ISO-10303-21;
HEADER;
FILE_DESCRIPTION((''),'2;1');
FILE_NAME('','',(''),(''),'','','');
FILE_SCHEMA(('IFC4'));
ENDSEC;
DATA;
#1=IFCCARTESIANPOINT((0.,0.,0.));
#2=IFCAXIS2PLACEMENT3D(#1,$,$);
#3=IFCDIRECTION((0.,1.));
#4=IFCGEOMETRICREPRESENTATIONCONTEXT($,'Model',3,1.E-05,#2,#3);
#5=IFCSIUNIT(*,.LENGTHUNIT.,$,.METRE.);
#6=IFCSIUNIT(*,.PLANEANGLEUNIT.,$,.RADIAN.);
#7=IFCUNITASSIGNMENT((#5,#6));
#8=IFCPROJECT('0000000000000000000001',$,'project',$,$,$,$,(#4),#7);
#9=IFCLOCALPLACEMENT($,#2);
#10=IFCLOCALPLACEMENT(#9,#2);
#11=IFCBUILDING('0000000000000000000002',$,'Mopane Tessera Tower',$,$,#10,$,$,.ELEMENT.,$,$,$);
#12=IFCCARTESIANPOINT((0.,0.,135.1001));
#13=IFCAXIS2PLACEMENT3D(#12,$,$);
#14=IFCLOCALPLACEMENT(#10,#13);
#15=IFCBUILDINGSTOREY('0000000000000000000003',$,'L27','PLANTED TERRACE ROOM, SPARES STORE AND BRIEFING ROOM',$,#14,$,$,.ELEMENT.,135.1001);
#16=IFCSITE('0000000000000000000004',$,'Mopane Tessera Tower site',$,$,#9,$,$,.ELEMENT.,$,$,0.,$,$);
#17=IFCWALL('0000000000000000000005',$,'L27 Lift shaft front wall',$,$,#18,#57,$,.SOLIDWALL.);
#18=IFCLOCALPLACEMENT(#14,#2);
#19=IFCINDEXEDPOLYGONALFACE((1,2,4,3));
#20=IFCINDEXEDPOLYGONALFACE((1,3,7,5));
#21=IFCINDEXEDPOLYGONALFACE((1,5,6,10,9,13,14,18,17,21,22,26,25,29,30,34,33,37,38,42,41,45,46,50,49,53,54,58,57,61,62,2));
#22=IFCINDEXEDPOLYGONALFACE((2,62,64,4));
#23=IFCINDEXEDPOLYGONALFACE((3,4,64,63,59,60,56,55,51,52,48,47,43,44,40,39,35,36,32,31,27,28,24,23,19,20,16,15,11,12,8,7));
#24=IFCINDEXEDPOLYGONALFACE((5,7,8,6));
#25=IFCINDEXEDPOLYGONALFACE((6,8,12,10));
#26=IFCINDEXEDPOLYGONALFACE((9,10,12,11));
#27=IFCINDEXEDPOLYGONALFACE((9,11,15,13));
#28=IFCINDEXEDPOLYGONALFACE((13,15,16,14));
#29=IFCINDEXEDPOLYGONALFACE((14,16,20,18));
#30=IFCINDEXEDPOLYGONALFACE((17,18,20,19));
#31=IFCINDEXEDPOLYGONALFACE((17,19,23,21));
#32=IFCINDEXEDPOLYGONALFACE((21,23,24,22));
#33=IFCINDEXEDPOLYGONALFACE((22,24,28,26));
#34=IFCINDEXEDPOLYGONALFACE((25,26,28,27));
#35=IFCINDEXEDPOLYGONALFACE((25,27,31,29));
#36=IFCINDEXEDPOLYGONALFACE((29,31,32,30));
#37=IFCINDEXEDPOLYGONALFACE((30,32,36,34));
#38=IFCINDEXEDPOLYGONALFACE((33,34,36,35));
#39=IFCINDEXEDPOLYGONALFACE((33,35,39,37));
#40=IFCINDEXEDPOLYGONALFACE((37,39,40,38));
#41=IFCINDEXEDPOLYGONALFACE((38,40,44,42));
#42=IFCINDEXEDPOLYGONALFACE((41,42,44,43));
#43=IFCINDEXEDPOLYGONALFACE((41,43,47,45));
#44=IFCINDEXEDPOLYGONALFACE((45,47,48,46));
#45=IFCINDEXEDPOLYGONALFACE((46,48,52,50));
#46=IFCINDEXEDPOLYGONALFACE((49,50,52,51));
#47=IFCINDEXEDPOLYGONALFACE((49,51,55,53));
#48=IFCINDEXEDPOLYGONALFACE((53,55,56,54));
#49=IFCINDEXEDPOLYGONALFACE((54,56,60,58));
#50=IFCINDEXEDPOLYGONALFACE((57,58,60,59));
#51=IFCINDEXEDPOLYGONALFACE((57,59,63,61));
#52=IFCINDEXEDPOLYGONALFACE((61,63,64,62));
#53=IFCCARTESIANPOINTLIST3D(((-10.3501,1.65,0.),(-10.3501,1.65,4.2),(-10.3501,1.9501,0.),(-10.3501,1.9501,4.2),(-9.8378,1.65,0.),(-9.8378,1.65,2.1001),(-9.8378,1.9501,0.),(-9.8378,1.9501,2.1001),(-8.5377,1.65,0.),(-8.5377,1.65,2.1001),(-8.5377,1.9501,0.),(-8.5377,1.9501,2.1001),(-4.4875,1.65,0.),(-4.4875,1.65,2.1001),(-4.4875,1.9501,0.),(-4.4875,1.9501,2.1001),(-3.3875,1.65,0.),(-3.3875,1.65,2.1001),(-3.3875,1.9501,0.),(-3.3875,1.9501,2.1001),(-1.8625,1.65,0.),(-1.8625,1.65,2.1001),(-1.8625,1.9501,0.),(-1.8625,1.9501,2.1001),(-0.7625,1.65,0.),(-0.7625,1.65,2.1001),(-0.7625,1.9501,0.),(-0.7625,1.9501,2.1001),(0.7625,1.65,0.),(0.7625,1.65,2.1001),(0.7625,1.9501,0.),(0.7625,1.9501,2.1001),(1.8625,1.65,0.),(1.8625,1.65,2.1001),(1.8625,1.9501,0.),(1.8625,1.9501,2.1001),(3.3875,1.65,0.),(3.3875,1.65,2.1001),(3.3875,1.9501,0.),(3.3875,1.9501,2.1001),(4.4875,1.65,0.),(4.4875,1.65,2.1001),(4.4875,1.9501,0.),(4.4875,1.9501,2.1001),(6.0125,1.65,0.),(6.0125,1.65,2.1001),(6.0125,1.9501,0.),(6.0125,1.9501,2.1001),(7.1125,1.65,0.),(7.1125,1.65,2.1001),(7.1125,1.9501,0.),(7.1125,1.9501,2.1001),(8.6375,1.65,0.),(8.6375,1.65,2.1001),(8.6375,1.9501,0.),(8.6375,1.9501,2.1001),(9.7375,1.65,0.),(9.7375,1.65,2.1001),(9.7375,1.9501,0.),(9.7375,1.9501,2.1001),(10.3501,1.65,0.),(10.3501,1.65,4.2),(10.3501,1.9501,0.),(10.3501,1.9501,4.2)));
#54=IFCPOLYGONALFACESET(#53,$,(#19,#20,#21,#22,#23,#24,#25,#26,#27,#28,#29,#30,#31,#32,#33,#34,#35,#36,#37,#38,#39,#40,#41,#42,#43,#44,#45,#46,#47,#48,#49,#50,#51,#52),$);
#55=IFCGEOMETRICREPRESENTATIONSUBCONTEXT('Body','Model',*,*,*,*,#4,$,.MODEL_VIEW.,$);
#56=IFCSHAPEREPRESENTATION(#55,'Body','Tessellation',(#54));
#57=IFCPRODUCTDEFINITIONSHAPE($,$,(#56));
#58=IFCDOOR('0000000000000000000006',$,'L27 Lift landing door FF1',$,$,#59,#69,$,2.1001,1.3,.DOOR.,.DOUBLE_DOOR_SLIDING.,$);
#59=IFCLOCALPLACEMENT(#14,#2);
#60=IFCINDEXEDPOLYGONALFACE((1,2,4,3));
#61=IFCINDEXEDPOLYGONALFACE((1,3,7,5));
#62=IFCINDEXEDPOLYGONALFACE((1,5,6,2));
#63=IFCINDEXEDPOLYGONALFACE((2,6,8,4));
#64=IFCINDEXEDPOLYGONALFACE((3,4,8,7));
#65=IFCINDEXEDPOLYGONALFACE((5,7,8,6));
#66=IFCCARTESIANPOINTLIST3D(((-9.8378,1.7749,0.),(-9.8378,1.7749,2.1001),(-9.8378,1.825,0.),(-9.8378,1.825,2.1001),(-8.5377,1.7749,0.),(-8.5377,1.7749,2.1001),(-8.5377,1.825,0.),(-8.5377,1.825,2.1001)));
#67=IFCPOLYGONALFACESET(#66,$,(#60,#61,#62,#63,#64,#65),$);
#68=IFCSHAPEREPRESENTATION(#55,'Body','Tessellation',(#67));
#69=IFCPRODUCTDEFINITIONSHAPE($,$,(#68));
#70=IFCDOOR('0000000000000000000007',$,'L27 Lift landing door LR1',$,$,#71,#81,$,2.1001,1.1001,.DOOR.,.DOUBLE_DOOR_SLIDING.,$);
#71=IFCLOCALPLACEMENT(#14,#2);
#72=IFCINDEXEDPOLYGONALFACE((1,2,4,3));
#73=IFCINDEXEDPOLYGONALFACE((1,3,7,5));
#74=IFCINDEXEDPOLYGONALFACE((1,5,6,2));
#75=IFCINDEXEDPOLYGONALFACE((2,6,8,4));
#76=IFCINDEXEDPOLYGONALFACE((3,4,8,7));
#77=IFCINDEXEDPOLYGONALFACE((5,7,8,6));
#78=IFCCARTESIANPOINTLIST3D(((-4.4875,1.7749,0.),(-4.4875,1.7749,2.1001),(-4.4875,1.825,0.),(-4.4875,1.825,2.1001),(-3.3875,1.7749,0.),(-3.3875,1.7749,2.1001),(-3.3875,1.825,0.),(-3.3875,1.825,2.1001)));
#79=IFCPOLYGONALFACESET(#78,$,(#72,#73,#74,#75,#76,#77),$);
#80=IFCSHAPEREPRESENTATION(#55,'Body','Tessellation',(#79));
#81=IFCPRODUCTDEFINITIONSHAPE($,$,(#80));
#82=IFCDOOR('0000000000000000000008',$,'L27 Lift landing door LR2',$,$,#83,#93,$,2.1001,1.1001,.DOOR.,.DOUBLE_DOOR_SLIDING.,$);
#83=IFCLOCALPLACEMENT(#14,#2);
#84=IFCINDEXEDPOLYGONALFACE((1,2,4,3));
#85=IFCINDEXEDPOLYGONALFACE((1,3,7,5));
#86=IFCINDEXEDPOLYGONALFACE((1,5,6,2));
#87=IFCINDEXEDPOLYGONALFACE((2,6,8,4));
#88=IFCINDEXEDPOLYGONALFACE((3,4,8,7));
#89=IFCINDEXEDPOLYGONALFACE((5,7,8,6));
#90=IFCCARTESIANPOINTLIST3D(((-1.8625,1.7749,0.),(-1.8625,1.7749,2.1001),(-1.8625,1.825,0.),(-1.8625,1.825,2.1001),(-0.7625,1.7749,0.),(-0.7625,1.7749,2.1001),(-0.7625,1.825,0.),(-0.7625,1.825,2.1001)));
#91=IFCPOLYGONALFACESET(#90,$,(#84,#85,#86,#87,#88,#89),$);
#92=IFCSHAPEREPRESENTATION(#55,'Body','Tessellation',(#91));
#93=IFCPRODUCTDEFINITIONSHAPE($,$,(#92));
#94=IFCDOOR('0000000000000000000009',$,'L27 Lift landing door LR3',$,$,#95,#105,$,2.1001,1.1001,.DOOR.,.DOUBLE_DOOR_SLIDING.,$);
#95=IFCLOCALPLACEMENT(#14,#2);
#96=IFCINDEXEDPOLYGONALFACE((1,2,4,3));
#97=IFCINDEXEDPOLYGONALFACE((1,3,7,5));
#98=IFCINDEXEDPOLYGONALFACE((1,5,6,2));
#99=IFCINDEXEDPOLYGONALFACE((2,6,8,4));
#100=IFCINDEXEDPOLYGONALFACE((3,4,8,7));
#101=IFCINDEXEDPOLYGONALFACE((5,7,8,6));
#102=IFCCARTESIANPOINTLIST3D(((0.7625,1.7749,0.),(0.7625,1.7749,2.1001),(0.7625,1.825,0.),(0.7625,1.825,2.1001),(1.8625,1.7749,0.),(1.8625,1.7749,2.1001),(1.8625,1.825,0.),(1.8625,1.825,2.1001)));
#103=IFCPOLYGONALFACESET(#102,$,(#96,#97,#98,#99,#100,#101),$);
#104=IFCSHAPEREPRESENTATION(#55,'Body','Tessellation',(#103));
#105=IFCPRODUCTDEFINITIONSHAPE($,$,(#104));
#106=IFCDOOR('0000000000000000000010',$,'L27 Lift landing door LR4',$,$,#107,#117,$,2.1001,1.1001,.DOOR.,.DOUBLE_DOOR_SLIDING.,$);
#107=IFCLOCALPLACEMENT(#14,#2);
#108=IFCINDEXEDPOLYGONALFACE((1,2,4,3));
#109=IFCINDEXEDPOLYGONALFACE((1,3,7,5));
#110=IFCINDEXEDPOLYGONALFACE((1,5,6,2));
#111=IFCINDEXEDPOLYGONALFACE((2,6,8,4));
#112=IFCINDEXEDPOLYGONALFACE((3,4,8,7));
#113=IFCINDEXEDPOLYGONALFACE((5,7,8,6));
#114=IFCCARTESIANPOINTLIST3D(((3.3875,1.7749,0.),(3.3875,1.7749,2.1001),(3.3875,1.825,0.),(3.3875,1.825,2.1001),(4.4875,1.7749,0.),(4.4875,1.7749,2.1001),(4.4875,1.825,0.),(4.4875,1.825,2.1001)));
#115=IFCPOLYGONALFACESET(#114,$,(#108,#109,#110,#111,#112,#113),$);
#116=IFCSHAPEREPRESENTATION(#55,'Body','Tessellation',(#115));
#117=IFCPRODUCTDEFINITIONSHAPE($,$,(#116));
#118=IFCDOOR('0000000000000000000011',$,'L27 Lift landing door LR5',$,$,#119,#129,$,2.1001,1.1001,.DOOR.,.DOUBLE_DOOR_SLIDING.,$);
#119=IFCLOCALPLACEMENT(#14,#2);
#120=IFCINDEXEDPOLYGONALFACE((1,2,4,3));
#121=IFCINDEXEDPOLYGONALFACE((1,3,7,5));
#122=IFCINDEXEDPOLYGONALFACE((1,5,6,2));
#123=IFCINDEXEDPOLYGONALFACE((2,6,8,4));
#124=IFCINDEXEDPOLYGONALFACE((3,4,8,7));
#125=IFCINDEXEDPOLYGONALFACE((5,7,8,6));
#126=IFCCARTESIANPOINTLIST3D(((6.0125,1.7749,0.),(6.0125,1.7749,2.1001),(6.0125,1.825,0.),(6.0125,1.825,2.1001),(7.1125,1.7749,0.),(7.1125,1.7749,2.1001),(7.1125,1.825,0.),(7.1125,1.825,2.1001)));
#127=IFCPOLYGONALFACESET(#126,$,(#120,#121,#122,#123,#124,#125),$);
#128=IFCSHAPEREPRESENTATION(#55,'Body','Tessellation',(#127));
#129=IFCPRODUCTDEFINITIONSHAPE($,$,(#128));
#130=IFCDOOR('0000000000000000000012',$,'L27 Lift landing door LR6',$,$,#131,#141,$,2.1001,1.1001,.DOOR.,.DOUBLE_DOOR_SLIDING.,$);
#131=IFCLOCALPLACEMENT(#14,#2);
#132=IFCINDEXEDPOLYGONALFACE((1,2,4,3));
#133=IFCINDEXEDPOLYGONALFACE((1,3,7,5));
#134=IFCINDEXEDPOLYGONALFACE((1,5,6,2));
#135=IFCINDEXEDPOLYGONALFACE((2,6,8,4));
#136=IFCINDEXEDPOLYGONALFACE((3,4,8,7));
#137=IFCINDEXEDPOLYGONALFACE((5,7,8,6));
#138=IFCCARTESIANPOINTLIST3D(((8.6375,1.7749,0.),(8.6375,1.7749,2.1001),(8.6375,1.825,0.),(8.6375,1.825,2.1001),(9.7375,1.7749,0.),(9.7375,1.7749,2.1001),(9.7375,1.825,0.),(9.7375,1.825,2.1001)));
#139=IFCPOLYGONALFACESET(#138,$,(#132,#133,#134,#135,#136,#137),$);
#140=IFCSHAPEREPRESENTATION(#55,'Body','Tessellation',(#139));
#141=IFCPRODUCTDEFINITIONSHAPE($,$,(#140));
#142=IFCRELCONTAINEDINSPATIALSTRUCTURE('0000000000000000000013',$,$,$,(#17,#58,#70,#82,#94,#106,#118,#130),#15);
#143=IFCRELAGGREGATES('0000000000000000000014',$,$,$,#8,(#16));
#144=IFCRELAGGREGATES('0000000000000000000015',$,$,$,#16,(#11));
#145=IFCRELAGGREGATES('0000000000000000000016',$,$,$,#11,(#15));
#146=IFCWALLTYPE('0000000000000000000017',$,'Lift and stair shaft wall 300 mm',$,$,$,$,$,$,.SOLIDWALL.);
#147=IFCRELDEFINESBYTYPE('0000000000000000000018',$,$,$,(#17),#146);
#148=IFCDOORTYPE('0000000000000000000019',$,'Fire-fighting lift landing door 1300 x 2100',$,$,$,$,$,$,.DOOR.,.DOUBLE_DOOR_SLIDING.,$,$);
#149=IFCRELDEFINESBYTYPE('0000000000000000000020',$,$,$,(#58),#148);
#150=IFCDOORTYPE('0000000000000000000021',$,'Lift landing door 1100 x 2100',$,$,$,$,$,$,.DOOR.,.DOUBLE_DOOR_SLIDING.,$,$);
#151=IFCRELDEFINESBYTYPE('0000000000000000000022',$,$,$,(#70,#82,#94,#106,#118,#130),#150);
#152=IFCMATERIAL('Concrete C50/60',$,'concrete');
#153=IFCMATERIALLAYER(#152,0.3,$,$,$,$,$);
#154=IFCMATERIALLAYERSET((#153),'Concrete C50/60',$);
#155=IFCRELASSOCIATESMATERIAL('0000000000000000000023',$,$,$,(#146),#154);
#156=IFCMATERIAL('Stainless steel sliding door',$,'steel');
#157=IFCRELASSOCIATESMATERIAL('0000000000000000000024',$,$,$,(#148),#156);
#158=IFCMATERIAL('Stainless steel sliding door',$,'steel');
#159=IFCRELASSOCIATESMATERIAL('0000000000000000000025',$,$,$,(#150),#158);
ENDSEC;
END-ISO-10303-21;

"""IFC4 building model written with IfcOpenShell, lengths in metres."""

from ifc_helpers import new_model, si_unit, direction, frame, frame_2d, origin, place, context, subcontext, project, spatial, rectangle, extrude, material, layer, layer_set, type_object, element, fill, save


model = new_model("IFC4")

# Units and contexts
model_context = context("Model", 3, precision=1e-05, world=origin(), true_north=direction((0.0, 1.0)))
body_context = subcontext(model_context, "Body", "Model", "MODEL_VIEW")
ifc_project = project(units=[si_unit("LENGTHUNIT", "METRE"), si_unit("PLANEANGLEUNIT", "RADIAN")], contexts=[model_context])

# Site, building, storey
site_placement = place(None, origin())
site = spatial("IfcSite", under=ifc_project, at=site_placement, Name="Mopane Tessera Tower site", CompositionType="ELEMENT", RefElevation=0.0)
building_placement = place(site_placement, origin())
building = spatial("IfcBuilding", under=site, at=building_placement, Name="Mopane Tessera Tower", CompositionType="ELEMENT")
storey_placement = place(building_placement, frame((0.0, 0.0, 135.1001)))
storey = spatial("IfcBuildingStorey", under=building, at=storey_placement, Name="L27", Description="PLANTED TERRACE ROOM, SPARES STORE AND BRIEFING ROOM", CompositionType="ELEMENT", Elevation=135.1001)

# Shared definitions
ifc_material_1 = material(Name="Concrete C50/60", Category="concrete")
ifc_layer_1 = layer(ifc_material_1, 0.3)
ifc_layer_set_1 = layer_set([ifc_layer_1], Name="Concrete C50/60")
wall_type_1 = type_object("IfcWallType", Name="Lift and stair shaft wall 300 mm", PredefinedType="SOLIDWALL", material=ifc_layer_set_1)

# Wall, openings, doors
wall_1_placement = place(storey_placement, frame((-10.3501, 1.8, 0.0), z_axis=(0.0, 0.0, 1.0), x_axis=(1.0, 0.0, 0.0)))
wall_1 = element("IfcWall", 1, at=wall_1_placement, inside=storey, type_object=wall_type_1, Name="L27 Lift shaft front wall", PredefinedType="SOLIDWALL", context=body_context, shape_type="SweptSolid", body=[
    extrude(rectangle(XDim=20.7002, YDim=0.3, at=frame_2d((10.3501, 0.0))), origin(), (0.0, 0.0, 1.0), 4.2),
])
opening_1_placement = place(wall_1_placement, frame((0.5125, 0.0, 0.0)))
opening_1 = element("IfcOpeningElement", 2, at=opening_1_placement, cuts=wall_1, PredefinedType="OPENING", context=body_context, shape_type="SweptSolid", body=[
    extrude(rectangle(XDim=1.3, YDim=2.1001, at=frame_2d((0.6499, 1.05))), frame((0.0, 0.1621, 0.0), z_axis=(0.0, -1.0, 0.0), x_axis=(1.0, 0.0, 0.0)), (0.0, 0.0, 1.0), 0.324),
])
opening_2_placement = place(wall_1_placement, frame((5.8625, 0.0, 0.0)))
opening_2 = element("IfcOpeningElement", 3, at=opening_2_placement, cuts=wall_1, PredefinedType="OPENING", context=body_context, shape_type="SweptSolid", body=[
    extrude(rectangle(XDim=1.1001, YDim=2.1001, at=frame_2d((0.55, 1.05))), frame((0.0, 0.1621, 0.0), z_axis=(0.0, -1.0, 0.0), x_axis=(1.0, 0.0, 0.0)), (0.0, 0.0, 1.0), 0.324),
])
opening_3_placement = place(wall_1_placement, frame((8.4875, 0.0, 0.0)))
opening_3 = element("IfcOpeningElement", 4, at=opening_3_placement, cuts=wall_1, PredefinedType="OPENING", context=body_context, shape_type="SweptSolid", body=[
    extrude(rectangle(XDim=1.1001, YDim=2.1001, at=frame_2d((0.55, 1.05))), frame((0.0, 0.1621, 0.0), z_axis=(0.0, -1.0, 0.0), x_axis=(1.0, 0.0, 0.0)), (0.0, 0.0, 1.0), 0.324),
])
opening_4_placement = place(wall_1_placement, frame((11.1125, 0.0, 0.0)))
opening_4 = element("IfcOpeningElement", 5, at=opening_4_placement, cuts=wall_1, PredefinedType="OPENING", context=body_context, shape_type="SweptSolid", body=[
    extrude(rectangle(XDim=1.1001, YDim=2.1001, at=frame_2d((0.55, 1.05))), frame((0.0, 0.1621, 0.0), z_axis=(0.0, -1.0, 0.0), x_axis=(1.0, 0.0, 0.0)), (0.0, 0.0, 1.0), 0.324),
])
opening_5_placement = place(wall_1_placement, frame((13.7375, 0.0, 0.0)))
opening_5 = element("IfcOpeningElement", 6, at=opening_5_placement, cuts=wall_1, PredefinedType="OPENING", context=body_context, shape_type="SweptSolid", body=[
    extrude(rectangle(XDim=1.1001, YDim=2.1001, at=frame_2d((0.55, 1.05))), frame((0.0, 0.1621, 0.0), z_axis=(0.0, -1.0, 0.0), x_axis=(1.0, 0.0, 0.0)), (0.0, 0.0, 1.0), 0.324),
])
opening_6_placement = place(wall_1_placement, frame((16.3625, 0.0, 0.0)))
opening_6 = element("IfcOpeningElement", 7, at=opening_6_placement, cuts=wall_1, PredefinedType="OPENING", context=body_context, shape_type="SweptSolid", body=[
    extrude(rectangle(XDim=1.1001, YDim=2.1001, at=frame_2d((0.55, 1.05))), frame((0.0, 0.1621, 0.0), z_axis=(0.0, -1.0, 0.0), x_axis=(1.0, 0.0, 0.0)), (0.0, 0.0, 1.0), 0.324),
])
opening_7_placement = place(wall_1_placement, frame((18.9875, 0.0, 0.0)))
opening_7 = element("IfcOpeningElement", 8, at=opening_7_placement, cuts=wall_1, PredefinedType="OPENING", context=body_context, shape_type="SweptSolid", body=[
    extrude(rectangle(XDim=1.1001, YDim=2.1001, at=frame_2d((0.55, 1.05))), frame((0.0, 0.1621, 0.0), z_axis=(0.0, -1.0, 0.0), x_axis=(1.0, 0.0, 0.0)), (0.0, 0.0, 1.0), 0.324),
])
ifc_material_2 = material(Name="Stainless steel sliding door", Category="steel")
door_type_1 = type_object("IfcDoorType", Name="Fire-fighting lift landing door 1300 x 2100", OperationType="DOUBLE_DOOR_SLIDING", PredefinedType="DOOR", material=ifc_material_2)
door_1_placement = place(opening_1_placement, origin())
door_1 = element("IfcDoor", 9, at=door_1_placement, inside=storey, type_object=door_type_1, Name="L27 Lift landing door FF1", OperationType="DOUBLE_DOOR_SLIDING", OverallHeight=2.1001, OverallWidth=1.3, PredefinedType="DOOR", context=body_context, shape_type="SweptSolid", body=[
    extrude(rectangle(XDim=1.3, YDim=2.1001, at=frame_2d((0.6499, 1.05))), frame((0.0, 0.0249, 0.0), z_axis=(0.0, -1.0, 0.0), x_axis=(1.0, 0.0, 0.0)), (0.0, 0.0, 1.0), 0.05),
])
fill(opening_1, door_1)
ifc_material_3 = material(Name="Stainless steel sliding door", Category="steel")
door_type_2 = type_object("IfcDoorType", Name="Lift landing door 1100 x 2100", OperationType="DOUBLE_DOOR_SLIDING", PredefinedType="DOOR", material=ifc_material_3)
door_2_placement = place(opening_2_placement, origin())
door_2 = element("IfcDoor", 10, at=door_2_placement, inside=storey, type_object=door_type_2, Name="L27 Lift landing door LR1", OperationType="DOUBLE_DOOR_SLIDING", OverallHeight=2.1001, OverallWidth=1.1001, PredefinedType="DOOR", context=body_context, shape_type="SweptSolid", body=[
    extrude(rectangle(XDim=1.1001, YDim=2.1001, at=frame_2d((0.55, 1.05))), frame((0.0, 0.0249, 0.0), z_axis=(0.0, -1.0, 0.0), x_axis=(1.0, 0.0, 0.0)), (0.0, 0.0, 1.0), 0.05),
])
fill(opening_2, door_2)
door_3_placement = place(opening_3_placement, origin())
door_3 = element("IfcDoor", 11, at=door_3_placement, inside=storey, type_object=door_type_2, Name="L27 Lift landing door LR2", OperationType="DOUBLE_DOOR_SLIDING", OverallHeight=2.1001, OverallWidth=1.1001, PredefinedType="DOOR", context=body_context, shape_type="SweptSolid", body=[
    extrude(rectangle(XDim=1.1001, YDim=2.1001, at=frame_2d((0.55, 1.05))), frame((0.0, 0.0249, 0.0), z_axis=(0.0, -1.0, 0.0), x_axis=(1.0, 0.0, 0.0)), (0.0, 0.0, 1.0), 0.05),
])
fill(opening_3, door_3)
door_4_placement = place(opening_4_placement, origin())
door_4 = element("IfcDoor", 12, at=door_4_placement, inside=storey, type_object=door_type_2, Name="L27 Lift landing door LR3", OperationType="DOUBLE_DOOR_SLIDING", OverallHeight=2.1001, OverallWidth=1.1001, PredefinedType="DOOR", context=body_context, shape_type="SweptSolid", body=[
    extrude(rectangle(XDim=1.1001, YDim=2.1001, at=frame_2d((0.55, 1.05))), frame((0.0, 0.0249, 0.0), z_axis=(0.0, -1.0, 0.0), x_axis=(1.0, 0.0, 0.0)), (0.0, 0.0, 1.0), 0.05),
])
fill(opening_4, door_4)
door_5_placement = place(opening_5_placement, origin())
door_5 = element("IfcDoor", 13, at=door_5_placement, inside=storey, type_object=door_type_2, Name="L27 Lift landing door LR4", OperationType="DOUBLE_DOOR_SLIDING", OverallHeight=2.1001, OverallWidth=1.1001, PredefinedType="DOOR", context=body_context, shape_type="SweptSolid", body=[
    extrude(rectangle(XDim=1.1001, YDim=2.1001, at=frame_2d((0.55, 1.05))), frame((0.0, 0.0249, 0.0), z_axis=(0.0, -1.0, 0.0), x_axis=(1.0, 0.0, 0.0)), (0.0, 0.0, 1.0), 0.05),
])
fill(opening_5, door_5)
door_6_placement = place(opening_6_placement, origin())
door_6 = element("IfcDoor", 14, at=door_6_placement, inside=storey, type_object=door_type_2, Name="L27 Lift landing door LR5", OperationType="DOUBLE_DOOR_SLIDING", OverallHeight=2.1001, OverallWidth=1.1001, PredefinedType="DOOR", context=body_context, shape_type="SweptSolid", body=[
    extrude(rectangle(XDim=1.1001, YDim=2.1001, at=frame_2d((0.55, 1.05))), frame((0.0, 0.0249, 0.0), z_axis=(0.0, -1.0, 0.0), x_axis=(1.0, 0.0, 0.0)), (0.0, 0.0, 1.0), 0.05),
])
fill(opening_6, door_6)
door_7_placement = place(opening_7_placement, origin())
door_7 = element("IfcDoor", 15, at=door_7_placement, inside=storey, type_object=door_type_2, Name="L27 Lift landing door LR6", OperationType="DOUBLE_DOOR_SLIDING", OverallHeight=2.1001, OverallWidth=1.1001, PredefinedType="DOOR", context=body_context, shape_type="SweptSolid", body=[
    extrude(rectangle(XDim=1.1001, YDim=2.1001, at=frame_2d((0.55, 1.05))), frame((0.0, 0.0249, 0.0), z_axis=(0.0, -1.0, 0.0), x_axis=(1.0, 0.0, 0.0)), (0.0, 0.0, 1.0), 0.05),
])
fill(opening_7, door_7)

save(model, "model.ifc")
